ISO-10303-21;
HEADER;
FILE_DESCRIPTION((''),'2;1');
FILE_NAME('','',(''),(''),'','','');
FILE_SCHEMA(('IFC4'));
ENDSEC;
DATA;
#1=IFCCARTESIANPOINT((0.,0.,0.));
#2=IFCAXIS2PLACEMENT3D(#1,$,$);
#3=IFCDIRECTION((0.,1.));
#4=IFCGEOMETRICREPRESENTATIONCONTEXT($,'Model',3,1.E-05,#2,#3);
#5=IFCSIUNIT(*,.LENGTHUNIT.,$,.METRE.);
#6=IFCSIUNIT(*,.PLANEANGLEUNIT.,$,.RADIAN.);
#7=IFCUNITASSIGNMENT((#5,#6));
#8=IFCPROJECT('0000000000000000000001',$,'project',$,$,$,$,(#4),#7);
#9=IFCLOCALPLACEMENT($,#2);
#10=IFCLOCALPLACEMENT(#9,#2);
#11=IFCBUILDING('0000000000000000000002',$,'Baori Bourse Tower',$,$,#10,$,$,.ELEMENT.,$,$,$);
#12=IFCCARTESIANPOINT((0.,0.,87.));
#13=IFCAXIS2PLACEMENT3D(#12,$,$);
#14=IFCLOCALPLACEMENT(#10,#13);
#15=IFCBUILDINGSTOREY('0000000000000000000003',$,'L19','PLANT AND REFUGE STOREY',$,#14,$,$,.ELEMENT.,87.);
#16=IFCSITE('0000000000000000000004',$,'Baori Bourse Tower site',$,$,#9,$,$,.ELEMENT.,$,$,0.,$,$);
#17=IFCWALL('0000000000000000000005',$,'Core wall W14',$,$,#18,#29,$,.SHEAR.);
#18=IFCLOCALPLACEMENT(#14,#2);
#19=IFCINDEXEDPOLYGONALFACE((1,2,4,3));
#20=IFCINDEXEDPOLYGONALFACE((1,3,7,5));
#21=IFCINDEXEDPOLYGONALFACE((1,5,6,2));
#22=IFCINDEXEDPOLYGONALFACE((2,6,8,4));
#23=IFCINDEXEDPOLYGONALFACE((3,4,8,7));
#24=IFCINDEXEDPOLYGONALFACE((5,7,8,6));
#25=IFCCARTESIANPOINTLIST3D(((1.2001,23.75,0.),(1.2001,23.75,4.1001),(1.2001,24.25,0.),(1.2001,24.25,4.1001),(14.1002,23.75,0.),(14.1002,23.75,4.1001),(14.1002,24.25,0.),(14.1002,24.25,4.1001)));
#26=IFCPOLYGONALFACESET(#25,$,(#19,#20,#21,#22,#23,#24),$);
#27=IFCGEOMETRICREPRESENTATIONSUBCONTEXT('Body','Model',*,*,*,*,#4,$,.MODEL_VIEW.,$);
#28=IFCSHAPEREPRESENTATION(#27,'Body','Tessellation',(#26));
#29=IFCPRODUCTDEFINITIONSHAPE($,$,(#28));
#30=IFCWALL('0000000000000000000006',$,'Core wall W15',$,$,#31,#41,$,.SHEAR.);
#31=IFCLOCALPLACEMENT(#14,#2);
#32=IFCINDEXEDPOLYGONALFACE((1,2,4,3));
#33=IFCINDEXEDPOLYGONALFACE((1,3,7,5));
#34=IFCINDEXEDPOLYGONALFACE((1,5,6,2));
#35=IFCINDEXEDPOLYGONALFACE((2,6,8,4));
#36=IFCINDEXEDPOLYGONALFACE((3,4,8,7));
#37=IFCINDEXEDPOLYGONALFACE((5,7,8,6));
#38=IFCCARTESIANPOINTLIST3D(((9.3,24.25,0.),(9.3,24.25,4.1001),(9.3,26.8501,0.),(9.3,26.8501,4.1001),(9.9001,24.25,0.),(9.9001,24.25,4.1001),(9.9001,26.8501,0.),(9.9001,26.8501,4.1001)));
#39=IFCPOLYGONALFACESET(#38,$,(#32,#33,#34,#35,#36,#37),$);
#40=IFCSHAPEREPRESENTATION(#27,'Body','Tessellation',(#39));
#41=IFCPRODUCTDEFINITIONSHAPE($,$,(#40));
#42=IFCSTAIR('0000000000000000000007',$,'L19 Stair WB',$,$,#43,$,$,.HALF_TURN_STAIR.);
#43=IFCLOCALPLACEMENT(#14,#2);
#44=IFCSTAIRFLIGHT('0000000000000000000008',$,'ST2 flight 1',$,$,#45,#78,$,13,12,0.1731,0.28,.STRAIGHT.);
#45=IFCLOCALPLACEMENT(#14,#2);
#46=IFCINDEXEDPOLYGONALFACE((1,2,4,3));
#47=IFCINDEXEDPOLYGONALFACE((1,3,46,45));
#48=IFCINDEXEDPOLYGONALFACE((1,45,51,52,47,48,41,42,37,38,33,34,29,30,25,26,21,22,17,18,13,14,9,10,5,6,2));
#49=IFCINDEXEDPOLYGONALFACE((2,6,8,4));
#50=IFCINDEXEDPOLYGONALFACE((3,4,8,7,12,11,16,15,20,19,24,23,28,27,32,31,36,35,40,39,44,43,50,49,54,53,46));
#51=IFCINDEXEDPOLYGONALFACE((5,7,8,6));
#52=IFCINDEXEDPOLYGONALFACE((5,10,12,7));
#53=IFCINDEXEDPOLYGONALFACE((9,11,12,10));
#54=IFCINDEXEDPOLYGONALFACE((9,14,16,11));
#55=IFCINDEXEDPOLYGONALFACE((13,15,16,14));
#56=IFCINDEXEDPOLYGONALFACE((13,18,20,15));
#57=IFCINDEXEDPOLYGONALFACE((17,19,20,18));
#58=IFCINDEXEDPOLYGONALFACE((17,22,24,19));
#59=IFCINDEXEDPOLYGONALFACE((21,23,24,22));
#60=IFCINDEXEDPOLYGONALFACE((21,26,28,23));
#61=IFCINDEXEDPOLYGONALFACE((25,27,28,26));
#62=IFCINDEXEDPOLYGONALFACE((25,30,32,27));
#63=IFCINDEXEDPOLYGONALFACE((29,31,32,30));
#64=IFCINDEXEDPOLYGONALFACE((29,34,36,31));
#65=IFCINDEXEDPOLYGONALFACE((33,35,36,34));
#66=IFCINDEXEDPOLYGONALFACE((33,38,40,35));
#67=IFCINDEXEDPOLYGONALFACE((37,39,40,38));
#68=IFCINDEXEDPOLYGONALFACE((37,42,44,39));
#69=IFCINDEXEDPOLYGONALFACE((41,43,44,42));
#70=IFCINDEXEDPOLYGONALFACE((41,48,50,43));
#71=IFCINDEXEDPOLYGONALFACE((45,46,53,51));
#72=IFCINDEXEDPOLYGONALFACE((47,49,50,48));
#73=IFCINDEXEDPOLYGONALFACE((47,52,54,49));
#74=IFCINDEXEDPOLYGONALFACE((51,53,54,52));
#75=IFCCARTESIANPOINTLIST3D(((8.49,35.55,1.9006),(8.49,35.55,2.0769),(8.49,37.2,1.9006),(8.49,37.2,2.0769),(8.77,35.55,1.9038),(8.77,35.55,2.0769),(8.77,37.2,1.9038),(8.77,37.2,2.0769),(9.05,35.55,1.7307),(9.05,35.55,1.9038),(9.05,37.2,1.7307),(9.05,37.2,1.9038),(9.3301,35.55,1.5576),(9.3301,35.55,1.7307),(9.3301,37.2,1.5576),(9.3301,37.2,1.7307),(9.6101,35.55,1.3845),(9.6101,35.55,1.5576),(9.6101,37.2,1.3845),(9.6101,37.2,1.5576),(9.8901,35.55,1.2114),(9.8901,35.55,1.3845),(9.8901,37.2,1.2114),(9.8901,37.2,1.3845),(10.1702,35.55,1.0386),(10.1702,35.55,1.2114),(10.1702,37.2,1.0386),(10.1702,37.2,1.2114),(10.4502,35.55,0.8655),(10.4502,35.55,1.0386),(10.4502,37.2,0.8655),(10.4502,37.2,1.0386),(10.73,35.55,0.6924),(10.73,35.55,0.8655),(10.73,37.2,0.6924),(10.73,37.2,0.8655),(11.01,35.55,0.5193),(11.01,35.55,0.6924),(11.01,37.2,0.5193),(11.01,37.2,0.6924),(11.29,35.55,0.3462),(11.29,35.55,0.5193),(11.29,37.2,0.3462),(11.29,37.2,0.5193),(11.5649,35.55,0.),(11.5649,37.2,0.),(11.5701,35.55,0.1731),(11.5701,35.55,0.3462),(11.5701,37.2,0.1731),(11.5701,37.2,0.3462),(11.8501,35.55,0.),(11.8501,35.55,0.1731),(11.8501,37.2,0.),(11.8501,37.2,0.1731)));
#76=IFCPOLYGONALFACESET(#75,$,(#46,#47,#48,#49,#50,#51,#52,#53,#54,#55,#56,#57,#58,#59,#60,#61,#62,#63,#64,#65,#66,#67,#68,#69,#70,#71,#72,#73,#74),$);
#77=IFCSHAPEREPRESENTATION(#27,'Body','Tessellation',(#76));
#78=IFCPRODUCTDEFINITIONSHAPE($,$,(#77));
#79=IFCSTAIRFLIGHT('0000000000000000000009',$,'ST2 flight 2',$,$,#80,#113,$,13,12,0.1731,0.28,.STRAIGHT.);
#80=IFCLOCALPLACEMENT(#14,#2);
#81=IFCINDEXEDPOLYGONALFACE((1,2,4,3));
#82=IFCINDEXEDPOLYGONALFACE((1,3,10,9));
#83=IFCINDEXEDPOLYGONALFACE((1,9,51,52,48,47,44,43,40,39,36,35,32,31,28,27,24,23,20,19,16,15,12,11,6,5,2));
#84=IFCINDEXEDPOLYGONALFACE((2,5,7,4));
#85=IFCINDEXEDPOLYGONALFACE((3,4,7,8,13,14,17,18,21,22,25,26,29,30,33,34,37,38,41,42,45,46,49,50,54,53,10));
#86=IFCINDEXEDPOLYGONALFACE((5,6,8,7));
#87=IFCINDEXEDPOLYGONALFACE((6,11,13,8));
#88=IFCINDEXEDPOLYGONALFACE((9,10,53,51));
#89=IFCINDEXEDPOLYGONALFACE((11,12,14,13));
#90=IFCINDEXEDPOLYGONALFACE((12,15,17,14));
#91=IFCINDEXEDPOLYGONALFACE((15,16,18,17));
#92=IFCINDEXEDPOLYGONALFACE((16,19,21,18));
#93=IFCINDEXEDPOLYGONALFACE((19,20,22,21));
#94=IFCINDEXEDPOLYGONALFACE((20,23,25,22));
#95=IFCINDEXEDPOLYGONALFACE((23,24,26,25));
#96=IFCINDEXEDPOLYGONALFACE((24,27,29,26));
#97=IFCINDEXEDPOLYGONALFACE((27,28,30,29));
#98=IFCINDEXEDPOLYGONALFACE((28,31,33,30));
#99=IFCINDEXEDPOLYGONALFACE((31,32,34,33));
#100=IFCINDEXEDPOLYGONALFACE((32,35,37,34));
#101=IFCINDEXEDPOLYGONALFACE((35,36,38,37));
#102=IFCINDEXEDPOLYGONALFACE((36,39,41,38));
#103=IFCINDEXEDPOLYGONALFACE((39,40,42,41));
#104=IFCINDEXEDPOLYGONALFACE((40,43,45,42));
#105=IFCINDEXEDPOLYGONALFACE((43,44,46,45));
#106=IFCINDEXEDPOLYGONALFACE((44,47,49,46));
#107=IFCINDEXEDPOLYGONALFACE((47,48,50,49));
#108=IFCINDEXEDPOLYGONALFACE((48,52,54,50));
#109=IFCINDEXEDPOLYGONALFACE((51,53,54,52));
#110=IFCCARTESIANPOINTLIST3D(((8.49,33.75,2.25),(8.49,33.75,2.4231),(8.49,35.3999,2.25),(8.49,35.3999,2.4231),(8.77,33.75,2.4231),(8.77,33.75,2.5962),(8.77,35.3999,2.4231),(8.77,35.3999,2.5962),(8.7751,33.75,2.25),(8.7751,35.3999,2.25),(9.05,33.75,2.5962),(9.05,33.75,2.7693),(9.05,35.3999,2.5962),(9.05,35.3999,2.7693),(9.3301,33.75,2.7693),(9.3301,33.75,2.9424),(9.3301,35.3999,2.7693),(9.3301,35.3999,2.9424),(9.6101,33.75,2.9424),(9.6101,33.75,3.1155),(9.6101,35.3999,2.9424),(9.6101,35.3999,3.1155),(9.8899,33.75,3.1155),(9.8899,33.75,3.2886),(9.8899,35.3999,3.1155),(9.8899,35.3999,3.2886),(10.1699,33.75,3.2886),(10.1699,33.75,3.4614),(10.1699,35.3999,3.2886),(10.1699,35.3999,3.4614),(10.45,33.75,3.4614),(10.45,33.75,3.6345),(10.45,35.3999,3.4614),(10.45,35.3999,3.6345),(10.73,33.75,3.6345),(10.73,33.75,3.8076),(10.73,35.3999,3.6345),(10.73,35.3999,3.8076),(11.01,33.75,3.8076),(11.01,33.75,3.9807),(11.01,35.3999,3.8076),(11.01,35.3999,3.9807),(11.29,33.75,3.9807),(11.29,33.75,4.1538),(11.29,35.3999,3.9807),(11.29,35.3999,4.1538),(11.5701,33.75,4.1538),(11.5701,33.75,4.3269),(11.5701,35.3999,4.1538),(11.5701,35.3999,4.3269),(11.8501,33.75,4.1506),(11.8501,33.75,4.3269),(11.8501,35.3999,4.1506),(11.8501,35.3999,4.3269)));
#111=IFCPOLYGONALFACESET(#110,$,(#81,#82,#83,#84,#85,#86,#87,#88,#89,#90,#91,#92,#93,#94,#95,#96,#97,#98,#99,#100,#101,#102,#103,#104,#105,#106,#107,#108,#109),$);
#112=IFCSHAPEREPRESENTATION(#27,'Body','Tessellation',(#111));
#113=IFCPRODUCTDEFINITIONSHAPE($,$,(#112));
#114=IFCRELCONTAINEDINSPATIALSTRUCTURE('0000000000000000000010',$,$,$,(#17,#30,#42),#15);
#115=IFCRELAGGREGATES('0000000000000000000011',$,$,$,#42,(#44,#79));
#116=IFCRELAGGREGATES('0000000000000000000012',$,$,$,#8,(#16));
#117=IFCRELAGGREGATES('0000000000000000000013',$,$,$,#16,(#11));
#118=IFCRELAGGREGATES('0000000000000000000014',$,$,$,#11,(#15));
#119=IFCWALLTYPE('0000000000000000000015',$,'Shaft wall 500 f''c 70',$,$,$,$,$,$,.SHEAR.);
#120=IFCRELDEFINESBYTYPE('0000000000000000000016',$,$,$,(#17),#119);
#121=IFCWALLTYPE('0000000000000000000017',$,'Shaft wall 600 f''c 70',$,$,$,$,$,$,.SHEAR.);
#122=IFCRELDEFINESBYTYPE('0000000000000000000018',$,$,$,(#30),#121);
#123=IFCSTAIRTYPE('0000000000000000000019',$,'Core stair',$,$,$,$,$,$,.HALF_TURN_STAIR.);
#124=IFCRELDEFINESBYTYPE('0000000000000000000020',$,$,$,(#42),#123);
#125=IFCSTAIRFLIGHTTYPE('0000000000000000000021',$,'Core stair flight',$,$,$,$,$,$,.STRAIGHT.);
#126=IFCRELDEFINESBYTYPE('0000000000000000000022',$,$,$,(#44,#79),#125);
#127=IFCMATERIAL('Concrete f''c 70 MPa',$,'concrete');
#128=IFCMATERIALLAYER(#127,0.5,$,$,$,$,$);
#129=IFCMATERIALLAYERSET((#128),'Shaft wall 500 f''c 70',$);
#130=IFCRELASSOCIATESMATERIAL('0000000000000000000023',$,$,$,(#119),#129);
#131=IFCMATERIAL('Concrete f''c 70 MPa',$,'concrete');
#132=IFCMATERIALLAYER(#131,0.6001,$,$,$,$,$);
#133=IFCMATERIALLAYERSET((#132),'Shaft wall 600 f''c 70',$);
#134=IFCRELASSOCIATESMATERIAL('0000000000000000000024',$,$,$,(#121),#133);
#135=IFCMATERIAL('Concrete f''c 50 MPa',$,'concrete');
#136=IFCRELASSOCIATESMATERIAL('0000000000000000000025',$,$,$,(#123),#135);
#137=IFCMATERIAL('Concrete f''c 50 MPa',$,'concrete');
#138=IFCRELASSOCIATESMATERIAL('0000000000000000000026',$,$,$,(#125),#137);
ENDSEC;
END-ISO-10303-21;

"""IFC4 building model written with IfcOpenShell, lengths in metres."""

from ifc_helpers import new_model, si_unit, direction, frame, frame_2d, origin, place, context, subcontext, project, spatial, polyline, rectangle, outline, extrude, material, layer, layer_set, type_object, element, aggregate, save


model = new_model("IFC4")

# Units and contexts
model_context = context("Model", 3, precision=1e-05, world=origin(), true_north=direction((0.0, 1.0)))
body_context = subcontext(model_context, "Body", "Model", "MODEL_VIEW")
ifc_project = project(units=[si_unit("LENGTHUNIT", "METRE"), si_unit("PLANEANGLEUNIT", "RADIAN")], contexts=[model_context])

# Site, building, storey
site_placement = place(None, origin())
site = spatial("IfcSite", under=ifc_project, at=site_placement, Name="Baori Bourse Tower site", CompositionType="ELEMENT", RefElevation=0.0)
building_placement = place(site_placement, origin())
building = spatial("IfcBuilding", under=site, at=building_placement, Name="Baori Bourse Tower", CompositionType="ELEMENT")
storey_placement = place(building_placement, frame((0.0, 0.0, 87.0)))
storey = spatial("IfcBuildingStorey", under=building, at=storey_placement, Name="L19", Description="PLANT AND REFUGE STOREY", CompositionType="ELEMENT", Elevation=87.0)

# Walls
ifc_material_1 = material(Name="Concrete f'c 70 MPa", Category="concrete")
ifc_layer_1 = layer(ifc_material_1, 0.5)
ifc_layer_set_1 = layer_set([ifc_layer_1], Name="Shaft wall 500 f'c 70")
wall_type_1 = type_object("IfcWallType", Name="Shaft wall 500 f'c 70", PredefinedType="SHEAR", material=ifc_layer_set_1)
wall_1_placement = place(storey_placement, frame((1.2, 24.0, 0.0), z_axis=(0.0, 0.0, 1.0), x_axis=(1.0, 0.0, 0.0)))
element("IfcWall", 1, at=wall_1_placement, inside=storey, type_object=wall_type_1, Name="Core wall W14", PredefinedType="SHEAR", context=body_context, shape_type="SweptSolid", body=[
    extrude(rectangle(XDim=12.9001, YDim=0.5, at=frame_2d((6.4502, 0.0))), origin(), (0.0, 0.0, 1.0), 4.1001),
])
ifc_material_2 = material(Name="Concrete f'c 70 MPa", Category="concrete")
ifc_layer_2 = layer(ifc_material_2, 0.6001)
ifc_layer_set_2 = layer_set([ifc_layer_2], Name="Shaft wall 600 f'c 70")
wall_type_2 = type_object("IfcWallType", Name="Shaft wall 600 f'c 70", PredefinedType="SHEAR", material=ifc_layer_set_2)
wall_2_placement = place(storey_placement, frame((9.6001, 24.25, 0.0), z_axis=(0.0, 0.0, 1.0), x_axis=(0.0, 1.0, 0.0)))
element("IfcWall", 2, at=wall_2_placement, inside=storey, type_object=wall_type_2, Name="Core wall W15", PredefinedType="SHEAR", context=body_context, shape_type="SweptSolid", body=[
    extrude(rectangle(XDim=2.6001, YDim=0.6001, at=frame_2d((1.3, 0.0))), origin(), (0.0, 0.0, 1.0), 4.1001),
])

# Stair, stair flights
ifc_material_3 = material(Name="Concrete f'c 50 MPa", Category="concrete")
stair_type = type_object("IfcStairType", Name="Core stair", PredefinedType="HALF_TURN_STAIR", material=ifc_material_3)
stair_placement = place(storey_placement, origin())
stair = element("IfcStair", 3, at=stair_placement, inside=storey, type_object=stair_type, Name="L19 Stair WB", PredefinedType="HALF_TURN_STAIR")
ifc_material_4 = material(Name="Concrete f'c 50 MPa", Category="concrete")
stair_flight_type = type_object("IfcStairFlightType", Name="Core stair flight", PredefinedType="STRAIGHT", material=ifc_material_4)
stair_flight_1_placement = place(storey_placement, frame((11.8501, 36.375, 0.0), z_axis=(0.0, 0.0, 1.0), x_axis=(-1.0, 0.0, 0.0)))
stair_flight_1 = element("IfcStairFlight", 4, at=stair_flight_1_placement, type_object=stair_flight_type, Name="ST2 flight 1", NumberOfRisers=13, NumberOfTreads=12, PredefinedType="STRAIGHT", RiserHeight=0.1731, TreadLength=0.28, context=body_context, shape_type="SweptSolid", body=[
    extrude(outline(polyline([(0.0, 0.0), (0.0, 0.1731), (0.28, 0.1731), (0.28, 0.3462), (0.5601, 0.3462), (0.5601, 0.5193), (0.8401, 0.5193), (0.8401, 0.6924), (1.1201, 0.6924), (1.1201, 0.8655), (1.3999, 0.8655), (1.3999, 1.0386), (1.6799, 1.0386), (1.6799, 1.2114), (1.96, 1.2114), (1.96, 1.3845), (2.24, 1.3845), (2.24, 1.5576), (2.52, 1.5576), (2.52, 1.7307), (2.8, 1.7307), (2.8, 1.9038), (3.0801, 1.9038), (3.0801, 2.0769), (3.3601, 2.0769), (3.3601, 2.25), (3.3601, 1.9006), (0.2852, 0.0), (0.0, 0.0)])), frame((0.0, 0.825, 0.0), z_axis=(0.0, -1.0, 0.0), x_axis=(1.0, 0.0, 0.0)), (0.0, 0.0, 1.0), 1.6499),
])
stair_flight_2_placement = place(storey_placement, frame((8.49, 34.575, 2.25), z_axis=(0.0, 0.0, 1.0), x_axis=(1.0, 0.0, 0.0)))
stair_flight_2 = element("IfcStairFlight", 5, at=stair_flight_2_placement, type_object=stair_flight_type, Name="ST2 flight 2", NumberOfRisers=13, NumberOfTreads=12, PredefinedType="STRAIGHT", RiserHeight=0.1731, TreadLength=0.28, context=body_context, shape_type="SweptSolid", body=[
    extrude(outline(polyline([(0.0, 0.0), (0.0, 0.1731), (0.28, 0.1731), (0.28, 0.3462), (0.5601, 0.3462), (0.5601, 0.5193), (0.8401, 0.5193), (0.8401, 0.6924), (1.1201, 0.6924), (1.1201, 0.8655), (1.3999, 0.8655), (1.3999, 1.0386), (1.6799, 1.0386), (1.6799, 1.2114), (1.96, 1.2114), (1.96, 1.3845), (2.24, 1.3845), (2.24, 1.5576), (2.52, 1.5576), (2.52, 1.7307), (2.8, 1.7307), (2.8, 1.9038), (3.0801, 1.9038), (3.0801, 2.0769), (3.3601, 2.0769), (3.3601, 2.25), (3.3601, 1.9006), (0.2852, 0.0), (0.0, 0.0)])), frame((0.0, 0.825, 0.0), z_axis=(0.0, -1.0, 0.0), x_axis=(1.0, 0.0, 0.0)), (0.0, 0.0, 1.0), 1.6499),
])
aggregate(stair, [stair_flight_1, stair_flight_2])

save(model, "model.ifc")
